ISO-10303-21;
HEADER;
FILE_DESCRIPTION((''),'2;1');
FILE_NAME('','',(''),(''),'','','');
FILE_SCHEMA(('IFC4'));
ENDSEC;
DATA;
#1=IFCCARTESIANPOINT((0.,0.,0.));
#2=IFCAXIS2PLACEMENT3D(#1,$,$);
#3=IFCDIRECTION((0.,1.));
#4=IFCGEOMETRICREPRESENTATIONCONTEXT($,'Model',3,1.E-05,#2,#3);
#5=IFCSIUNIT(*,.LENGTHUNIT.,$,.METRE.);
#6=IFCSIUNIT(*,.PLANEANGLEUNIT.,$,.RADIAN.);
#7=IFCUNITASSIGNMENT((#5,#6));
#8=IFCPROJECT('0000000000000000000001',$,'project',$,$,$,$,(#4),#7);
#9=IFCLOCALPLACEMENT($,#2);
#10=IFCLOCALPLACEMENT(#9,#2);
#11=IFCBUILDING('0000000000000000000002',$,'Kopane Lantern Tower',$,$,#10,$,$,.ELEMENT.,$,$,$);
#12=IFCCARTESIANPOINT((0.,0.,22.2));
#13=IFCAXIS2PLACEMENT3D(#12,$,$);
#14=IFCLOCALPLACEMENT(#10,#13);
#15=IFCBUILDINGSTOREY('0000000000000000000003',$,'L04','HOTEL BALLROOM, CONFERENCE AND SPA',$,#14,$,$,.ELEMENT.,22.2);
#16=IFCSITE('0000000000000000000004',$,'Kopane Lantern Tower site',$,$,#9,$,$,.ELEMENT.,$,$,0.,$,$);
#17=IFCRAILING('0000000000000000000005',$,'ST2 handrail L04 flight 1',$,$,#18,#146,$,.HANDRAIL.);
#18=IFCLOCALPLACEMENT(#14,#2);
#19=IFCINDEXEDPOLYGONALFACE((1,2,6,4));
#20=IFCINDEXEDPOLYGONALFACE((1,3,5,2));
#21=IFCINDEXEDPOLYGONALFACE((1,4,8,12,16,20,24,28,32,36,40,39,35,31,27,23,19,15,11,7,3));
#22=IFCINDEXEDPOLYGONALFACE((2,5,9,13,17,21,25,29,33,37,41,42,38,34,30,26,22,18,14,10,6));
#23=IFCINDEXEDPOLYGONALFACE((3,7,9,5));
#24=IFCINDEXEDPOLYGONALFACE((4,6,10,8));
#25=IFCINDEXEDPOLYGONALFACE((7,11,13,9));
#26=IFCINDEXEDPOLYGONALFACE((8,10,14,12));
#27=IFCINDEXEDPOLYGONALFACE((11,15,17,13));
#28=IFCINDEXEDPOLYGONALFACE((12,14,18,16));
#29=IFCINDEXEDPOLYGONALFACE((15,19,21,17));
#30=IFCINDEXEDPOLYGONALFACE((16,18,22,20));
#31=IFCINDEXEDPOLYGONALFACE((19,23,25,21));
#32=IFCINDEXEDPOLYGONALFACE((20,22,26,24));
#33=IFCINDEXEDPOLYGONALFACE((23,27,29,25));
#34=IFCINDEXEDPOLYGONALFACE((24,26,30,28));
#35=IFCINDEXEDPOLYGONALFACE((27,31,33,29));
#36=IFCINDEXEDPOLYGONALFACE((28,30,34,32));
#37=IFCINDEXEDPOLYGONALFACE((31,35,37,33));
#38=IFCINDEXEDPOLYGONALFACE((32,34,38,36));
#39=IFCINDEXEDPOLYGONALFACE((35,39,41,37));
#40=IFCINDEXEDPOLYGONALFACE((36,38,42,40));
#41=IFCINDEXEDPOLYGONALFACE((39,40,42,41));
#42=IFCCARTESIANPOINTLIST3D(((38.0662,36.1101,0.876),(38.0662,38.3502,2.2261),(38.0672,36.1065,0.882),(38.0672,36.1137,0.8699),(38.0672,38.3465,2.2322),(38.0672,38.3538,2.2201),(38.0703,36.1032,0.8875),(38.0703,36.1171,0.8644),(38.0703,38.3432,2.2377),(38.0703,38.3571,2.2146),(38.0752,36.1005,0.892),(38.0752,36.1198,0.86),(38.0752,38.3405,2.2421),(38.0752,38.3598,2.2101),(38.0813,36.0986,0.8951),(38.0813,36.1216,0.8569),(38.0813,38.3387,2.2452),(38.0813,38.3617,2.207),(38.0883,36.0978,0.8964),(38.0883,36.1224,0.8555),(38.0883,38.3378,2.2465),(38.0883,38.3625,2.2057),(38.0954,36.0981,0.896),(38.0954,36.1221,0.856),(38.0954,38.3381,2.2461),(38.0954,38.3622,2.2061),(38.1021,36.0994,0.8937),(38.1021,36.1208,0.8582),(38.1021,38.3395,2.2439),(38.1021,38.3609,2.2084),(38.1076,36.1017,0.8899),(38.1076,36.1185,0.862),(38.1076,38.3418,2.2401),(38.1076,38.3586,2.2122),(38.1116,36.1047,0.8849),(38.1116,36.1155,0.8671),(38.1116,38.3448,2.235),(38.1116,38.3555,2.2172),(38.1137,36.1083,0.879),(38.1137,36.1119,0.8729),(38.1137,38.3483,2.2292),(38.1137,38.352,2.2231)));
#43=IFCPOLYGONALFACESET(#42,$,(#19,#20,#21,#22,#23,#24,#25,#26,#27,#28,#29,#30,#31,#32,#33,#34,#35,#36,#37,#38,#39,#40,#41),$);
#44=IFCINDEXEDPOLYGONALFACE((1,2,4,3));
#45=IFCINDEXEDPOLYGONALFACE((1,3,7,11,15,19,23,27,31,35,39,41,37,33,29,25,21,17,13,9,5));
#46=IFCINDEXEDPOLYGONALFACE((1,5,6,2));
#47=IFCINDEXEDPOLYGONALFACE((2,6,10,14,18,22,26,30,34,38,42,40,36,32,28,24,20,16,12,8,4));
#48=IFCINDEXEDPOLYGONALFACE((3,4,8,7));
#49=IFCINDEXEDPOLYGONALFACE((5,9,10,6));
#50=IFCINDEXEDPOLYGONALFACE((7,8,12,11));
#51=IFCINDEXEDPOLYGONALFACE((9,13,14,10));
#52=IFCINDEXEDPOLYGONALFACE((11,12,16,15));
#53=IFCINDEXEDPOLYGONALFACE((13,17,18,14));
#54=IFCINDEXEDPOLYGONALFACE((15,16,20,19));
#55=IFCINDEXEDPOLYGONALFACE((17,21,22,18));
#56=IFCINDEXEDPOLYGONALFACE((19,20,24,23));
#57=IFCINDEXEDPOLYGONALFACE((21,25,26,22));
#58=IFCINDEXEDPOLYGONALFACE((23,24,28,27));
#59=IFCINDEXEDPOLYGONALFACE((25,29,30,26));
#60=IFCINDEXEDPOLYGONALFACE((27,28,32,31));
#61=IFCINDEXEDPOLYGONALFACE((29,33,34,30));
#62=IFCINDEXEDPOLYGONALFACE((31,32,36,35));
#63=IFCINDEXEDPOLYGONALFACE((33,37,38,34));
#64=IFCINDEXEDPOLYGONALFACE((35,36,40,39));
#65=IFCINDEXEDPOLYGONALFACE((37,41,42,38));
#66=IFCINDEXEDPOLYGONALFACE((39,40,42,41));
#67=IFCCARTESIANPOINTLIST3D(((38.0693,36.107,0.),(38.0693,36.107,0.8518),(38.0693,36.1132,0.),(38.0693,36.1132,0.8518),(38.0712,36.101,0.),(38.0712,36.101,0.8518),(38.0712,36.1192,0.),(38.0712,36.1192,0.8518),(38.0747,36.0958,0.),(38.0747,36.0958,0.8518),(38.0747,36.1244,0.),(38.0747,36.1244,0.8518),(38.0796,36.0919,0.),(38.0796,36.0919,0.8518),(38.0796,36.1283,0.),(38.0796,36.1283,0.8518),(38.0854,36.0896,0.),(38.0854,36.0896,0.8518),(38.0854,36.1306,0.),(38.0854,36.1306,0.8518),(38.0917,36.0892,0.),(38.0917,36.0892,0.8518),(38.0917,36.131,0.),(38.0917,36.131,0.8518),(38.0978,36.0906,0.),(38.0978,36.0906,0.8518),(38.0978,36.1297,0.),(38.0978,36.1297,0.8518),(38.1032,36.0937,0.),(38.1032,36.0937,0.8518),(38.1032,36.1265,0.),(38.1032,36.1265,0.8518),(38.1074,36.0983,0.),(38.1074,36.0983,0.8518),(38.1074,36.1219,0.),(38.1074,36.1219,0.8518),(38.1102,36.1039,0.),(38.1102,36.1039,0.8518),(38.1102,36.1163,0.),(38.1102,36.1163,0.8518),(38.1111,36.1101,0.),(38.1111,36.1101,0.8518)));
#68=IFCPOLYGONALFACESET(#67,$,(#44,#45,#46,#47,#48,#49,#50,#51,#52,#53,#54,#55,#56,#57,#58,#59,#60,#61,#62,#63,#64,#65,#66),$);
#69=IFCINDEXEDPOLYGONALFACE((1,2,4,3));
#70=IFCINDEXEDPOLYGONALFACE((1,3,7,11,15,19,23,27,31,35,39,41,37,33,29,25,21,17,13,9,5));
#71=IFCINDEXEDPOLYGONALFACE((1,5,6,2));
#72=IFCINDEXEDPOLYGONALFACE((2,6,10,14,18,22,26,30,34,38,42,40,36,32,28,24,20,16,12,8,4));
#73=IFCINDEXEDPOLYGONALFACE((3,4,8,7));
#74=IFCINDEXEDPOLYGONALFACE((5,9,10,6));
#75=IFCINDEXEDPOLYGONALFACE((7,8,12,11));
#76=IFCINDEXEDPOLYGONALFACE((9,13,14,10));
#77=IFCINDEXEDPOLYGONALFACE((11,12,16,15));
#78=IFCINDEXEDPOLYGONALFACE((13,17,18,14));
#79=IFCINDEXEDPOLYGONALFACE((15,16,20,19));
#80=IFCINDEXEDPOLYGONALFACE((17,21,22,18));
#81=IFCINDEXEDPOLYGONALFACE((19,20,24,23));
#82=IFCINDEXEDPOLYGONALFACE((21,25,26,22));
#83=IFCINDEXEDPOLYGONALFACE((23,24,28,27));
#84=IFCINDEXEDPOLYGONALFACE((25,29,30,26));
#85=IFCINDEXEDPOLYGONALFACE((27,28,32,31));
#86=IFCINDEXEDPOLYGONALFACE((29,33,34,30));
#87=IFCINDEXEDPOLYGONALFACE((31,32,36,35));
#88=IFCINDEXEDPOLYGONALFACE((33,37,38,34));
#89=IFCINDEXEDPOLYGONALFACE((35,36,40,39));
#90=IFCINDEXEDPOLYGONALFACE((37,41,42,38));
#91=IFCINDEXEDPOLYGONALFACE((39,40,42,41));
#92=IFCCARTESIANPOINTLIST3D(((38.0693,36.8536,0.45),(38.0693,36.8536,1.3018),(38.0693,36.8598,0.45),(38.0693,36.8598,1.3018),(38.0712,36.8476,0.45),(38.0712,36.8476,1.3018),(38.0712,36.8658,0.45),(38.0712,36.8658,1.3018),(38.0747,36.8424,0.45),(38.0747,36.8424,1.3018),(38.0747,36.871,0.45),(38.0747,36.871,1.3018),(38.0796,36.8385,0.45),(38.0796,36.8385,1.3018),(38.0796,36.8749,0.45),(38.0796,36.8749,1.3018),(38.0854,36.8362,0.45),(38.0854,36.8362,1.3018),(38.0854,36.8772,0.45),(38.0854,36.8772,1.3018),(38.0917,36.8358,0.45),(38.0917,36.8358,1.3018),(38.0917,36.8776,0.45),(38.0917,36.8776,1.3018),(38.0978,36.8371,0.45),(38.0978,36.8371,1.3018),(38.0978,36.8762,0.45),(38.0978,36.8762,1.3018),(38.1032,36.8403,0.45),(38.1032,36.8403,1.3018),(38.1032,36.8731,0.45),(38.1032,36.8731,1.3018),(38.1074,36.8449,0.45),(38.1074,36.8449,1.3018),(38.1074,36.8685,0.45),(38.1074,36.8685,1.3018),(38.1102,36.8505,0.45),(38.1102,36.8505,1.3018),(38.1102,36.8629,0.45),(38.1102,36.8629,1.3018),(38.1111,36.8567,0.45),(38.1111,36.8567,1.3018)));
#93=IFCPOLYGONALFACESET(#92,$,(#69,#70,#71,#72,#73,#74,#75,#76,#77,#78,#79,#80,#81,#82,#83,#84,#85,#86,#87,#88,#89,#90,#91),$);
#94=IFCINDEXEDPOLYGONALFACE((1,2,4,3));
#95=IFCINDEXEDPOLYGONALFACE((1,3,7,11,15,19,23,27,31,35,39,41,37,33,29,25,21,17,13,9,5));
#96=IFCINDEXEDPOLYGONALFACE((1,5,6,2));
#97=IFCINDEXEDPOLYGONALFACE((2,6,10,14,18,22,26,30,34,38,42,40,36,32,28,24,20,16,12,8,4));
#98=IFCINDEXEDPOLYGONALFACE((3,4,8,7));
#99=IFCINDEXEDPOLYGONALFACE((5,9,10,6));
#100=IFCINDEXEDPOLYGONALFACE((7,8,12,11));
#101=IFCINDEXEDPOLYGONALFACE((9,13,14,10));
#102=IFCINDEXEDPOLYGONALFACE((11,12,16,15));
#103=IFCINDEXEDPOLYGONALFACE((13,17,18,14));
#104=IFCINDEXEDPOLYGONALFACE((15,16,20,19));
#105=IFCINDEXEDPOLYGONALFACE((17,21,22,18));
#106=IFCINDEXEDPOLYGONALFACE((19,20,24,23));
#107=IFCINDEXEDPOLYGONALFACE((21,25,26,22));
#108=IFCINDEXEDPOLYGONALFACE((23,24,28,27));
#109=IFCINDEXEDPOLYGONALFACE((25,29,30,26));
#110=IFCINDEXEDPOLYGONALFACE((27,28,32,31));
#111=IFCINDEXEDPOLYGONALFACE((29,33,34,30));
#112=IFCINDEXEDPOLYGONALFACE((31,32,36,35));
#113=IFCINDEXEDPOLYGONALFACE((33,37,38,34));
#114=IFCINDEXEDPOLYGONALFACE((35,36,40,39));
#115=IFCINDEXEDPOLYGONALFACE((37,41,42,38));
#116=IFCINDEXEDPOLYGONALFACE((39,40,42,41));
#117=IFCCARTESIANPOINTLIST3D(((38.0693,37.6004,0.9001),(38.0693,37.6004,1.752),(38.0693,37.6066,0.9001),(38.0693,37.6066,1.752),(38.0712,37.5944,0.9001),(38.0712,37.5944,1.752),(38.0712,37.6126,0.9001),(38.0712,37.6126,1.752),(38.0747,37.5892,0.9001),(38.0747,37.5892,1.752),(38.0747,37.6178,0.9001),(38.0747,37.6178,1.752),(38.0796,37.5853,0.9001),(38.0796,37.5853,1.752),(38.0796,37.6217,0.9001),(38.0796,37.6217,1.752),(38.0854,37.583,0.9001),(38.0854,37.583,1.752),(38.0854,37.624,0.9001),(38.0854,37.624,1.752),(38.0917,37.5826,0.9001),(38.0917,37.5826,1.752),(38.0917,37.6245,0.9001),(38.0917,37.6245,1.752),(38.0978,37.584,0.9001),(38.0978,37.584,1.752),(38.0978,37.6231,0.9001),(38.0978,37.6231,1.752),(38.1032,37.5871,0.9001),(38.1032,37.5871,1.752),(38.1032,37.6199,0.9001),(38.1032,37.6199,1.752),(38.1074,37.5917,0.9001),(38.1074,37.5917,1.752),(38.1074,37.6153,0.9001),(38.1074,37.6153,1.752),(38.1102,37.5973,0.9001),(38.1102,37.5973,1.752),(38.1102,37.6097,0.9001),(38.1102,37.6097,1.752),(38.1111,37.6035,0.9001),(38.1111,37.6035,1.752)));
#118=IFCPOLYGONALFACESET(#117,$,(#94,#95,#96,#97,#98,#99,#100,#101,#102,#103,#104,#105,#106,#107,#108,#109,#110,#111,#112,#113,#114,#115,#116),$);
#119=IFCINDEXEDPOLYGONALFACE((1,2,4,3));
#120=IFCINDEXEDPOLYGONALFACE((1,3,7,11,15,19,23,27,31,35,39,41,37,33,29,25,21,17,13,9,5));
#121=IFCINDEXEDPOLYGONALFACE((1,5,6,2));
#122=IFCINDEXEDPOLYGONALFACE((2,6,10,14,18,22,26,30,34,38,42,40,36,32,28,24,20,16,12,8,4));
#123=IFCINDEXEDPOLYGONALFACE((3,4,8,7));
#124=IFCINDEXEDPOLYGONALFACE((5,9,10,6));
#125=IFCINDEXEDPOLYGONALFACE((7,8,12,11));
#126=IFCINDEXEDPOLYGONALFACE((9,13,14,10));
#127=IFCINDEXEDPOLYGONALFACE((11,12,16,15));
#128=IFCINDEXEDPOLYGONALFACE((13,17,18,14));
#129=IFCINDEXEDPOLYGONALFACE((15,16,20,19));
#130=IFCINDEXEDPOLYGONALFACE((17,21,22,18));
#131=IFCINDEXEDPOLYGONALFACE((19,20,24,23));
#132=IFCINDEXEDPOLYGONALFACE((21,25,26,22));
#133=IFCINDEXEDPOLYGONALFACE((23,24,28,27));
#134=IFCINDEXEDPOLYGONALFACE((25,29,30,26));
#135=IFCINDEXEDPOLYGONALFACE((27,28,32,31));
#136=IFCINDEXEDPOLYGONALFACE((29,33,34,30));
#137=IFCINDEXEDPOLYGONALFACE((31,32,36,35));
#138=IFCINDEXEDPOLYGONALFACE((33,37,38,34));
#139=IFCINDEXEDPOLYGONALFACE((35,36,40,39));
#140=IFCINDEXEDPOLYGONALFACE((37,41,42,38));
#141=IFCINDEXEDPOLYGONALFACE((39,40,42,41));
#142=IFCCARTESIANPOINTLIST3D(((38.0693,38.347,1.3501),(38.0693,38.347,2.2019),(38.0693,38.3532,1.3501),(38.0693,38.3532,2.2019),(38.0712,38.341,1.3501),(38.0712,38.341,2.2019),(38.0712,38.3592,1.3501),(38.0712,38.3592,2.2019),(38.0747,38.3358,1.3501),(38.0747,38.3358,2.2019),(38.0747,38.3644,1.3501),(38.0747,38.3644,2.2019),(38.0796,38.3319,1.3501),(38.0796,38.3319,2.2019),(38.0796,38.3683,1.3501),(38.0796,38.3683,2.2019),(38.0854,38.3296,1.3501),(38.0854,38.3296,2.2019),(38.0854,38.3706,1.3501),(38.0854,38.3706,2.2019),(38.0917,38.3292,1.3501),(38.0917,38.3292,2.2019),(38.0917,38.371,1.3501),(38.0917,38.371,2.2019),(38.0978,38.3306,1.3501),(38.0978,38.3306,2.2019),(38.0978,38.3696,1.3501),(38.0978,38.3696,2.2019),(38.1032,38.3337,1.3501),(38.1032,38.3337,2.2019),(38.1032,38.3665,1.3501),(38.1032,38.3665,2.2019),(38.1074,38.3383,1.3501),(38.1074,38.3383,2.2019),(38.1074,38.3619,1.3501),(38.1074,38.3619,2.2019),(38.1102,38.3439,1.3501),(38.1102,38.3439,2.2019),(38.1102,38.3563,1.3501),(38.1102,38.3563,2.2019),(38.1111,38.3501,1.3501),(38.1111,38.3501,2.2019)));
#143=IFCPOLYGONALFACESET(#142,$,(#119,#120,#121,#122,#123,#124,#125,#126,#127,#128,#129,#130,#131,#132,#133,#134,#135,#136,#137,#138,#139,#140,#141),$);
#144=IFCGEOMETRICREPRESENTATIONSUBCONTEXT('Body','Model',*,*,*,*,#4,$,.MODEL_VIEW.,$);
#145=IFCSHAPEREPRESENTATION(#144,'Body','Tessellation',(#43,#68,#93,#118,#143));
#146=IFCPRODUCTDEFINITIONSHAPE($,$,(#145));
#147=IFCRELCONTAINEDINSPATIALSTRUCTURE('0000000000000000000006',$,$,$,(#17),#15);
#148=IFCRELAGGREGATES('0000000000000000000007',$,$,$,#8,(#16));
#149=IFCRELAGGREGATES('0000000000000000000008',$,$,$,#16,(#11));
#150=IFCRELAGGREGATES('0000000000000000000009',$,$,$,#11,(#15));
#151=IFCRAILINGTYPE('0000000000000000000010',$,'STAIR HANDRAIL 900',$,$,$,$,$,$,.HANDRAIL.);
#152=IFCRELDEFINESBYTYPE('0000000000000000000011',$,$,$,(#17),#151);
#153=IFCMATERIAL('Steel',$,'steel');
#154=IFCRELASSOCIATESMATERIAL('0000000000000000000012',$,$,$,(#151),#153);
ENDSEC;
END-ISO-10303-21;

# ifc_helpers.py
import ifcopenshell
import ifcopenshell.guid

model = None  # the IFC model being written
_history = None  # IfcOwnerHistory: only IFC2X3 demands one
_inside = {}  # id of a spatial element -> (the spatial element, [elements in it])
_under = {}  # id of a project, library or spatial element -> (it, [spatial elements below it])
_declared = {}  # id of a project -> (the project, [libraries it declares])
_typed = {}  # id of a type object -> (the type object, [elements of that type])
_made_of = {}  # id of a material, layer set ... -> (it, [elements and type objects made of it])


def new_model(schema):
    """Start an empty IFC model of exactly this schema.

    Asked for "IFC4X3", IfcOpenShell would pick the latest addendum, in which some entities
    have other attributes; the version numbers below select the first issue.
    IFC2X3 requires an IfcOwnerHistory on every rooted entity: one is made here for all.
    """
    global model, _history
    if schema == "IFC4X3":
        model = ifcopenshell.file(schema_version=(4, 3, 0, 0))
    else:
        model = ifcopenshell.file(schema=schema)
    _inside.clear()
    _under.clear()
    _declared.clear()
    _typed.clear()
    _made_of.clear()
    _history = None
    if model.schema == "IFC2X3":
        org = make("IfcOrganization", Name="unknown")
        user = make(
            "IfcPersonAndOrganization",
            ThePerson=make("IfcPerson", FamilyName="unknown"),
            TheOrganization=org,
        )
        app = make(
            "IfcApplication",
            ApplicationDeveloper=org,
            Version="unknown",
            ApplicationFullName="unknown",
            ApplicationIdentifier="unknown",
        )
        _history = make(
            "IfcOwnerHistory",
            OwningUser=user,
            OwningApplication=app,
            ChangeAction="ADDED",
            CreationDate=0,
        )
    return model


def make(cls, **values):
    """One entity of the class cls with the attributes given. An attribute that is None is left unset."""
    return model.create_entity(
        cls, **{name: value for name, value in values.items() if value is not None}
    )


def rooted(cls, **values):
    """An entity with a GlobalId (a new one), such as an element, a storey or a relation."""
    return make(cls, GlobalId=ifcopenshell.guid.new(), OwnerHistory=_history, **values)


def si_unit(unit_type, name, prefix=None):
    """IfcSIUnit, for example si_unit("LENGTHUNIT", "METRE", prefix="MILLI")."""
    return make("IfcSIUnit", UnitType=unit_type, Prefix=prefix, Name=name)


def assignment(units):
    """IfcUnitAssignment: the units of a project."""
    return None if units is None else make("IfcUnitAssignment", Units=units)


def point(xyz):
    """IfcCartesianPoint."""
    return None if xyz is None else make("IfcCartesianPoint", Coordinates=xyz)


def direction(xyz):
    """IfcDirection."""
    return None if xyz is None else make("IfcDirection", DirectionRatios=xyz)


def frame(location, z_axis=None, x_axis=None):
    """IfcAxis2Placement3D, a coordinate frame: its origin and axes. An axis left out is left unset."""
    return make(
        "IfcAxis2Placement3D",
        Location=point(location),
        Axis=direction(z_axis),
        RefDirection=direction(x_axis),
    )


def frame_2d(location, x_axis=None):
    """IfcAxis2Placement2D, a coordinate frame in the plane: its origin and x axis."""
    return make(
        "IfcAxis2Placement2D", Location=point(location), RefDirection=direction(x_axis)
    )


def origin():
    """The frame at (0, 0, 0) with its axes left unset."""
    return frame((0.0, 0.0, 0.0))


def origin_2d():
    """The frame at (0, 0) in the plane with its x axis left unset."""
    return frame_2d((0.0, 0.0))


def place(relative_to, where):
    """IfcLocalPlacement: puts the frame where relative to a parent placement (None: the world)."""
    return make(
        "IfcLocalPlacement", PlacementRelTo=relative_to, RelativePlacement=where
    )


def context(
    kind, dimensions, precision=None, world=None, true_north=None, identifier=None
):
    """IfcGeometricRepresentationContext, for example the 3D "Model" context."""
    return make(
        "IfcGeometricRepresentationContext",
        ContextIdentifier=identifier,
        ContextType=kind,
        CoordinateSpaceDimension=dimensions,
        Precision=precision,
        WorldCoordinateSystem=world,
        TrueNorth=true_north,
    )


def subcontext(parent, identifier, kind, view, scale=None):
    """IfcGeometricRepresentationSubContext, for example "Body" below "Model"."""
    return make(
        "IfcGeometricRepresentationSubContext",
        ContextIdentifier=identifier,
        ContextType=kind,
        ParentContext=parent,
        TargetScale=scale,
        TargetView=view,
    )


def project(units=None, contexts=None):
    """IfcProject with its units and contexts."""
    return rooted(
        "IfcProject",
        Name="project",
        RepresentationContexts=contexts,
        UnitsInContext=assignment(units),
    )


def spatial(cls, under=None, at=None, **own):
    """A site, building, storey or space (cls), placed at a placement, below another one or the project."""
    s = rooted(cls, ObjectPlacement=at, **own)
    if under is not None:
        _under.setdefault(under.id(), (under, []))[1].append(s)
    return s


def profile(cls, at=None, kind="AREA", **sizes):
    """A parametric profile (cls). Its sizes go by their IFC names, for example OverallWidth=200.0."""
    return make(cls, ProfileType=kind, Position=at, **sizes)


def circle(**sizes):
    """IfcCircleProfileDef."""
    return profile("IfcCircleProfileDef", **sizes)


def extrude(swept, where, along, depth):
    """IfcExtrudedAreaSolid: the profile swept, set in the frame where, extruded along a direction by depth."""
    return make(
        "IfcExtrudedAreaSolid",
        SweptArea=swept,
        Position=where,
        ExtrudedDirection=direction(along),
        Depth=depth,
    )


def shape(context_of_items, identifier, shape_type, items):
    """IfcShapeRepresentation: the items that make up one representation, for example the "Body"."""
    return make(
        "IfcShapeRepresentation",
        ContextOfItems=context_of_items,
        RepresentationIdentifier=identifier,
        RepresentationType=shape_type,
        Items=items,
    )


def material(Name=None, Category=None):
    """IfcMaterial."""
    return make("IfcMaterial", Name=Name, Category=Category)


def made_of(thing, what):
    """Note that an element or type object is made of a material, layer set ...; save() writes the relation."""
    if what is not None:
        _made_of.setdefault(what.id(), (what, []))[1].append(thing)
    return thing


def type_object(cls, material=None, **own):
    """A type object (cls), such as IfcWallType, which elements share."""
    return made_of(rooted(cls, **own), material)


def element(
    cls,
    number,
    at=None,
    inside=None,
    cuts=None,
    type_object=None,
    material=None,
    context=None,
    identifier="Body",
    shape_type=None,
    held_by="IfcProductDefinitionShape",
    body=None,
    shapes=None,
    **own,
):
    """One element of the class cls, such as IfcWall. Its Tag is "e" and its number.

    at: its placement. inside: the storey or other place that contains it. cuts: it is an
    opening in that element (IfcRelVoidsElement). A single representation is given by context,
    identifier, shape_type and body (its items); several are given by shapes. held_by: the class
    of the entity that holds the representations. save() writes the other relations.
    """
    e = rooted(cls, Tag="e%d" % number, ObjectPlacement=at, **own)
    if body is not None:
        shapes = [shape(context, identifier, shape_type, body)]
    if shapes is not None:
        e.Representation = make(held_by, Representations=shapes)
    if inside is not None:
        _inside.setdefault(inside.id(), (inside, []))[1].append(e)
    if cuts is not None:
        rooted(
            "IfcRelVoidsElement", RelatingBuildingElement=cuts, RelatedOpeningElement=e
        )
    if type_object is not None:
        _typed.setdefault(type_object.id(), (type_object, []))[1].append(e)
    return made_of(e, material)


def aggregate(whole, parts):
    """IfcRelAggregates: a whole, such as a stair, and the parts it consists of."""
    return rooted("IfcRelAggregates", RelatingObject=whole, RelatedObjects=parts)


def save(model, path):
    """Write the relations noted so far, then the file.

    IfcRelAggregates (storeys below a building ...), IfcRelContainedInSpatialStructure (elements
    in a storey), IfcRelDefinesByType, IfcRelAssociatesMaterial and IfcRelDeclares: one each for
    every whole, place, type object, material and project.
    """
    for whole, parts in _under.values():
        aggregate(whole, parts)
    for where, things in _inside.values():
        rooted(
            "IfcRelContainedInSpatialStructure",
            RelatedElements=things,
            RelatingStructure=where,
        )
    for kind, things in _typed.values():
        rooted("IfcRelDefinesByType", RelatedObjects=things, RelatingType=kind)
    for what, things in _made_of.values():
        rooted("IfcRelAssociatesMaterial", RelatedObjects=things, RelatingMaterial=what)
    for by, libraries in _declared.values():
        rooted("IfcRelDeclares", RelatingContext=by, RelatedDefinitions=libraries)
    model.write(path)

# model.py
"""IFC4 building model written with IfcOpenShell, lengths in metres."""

from ifc_helpers import new_model, si_unit, direction, frame, origin, origin_2d, place, context, subcontext, project, spatial, circle, extrude, material, type_object, element, save


model = new_model("IFC4")

# Units and contexts
model_context = context("Model", 3, precision=1e-05, world=origin(), true_north=direction((0.0, 1.0)))
body_context = subcontext(model_context, "Body", "Model", "MODEL_VIEW")
ifc_project = project(units=[si_unit("LENGTHUNIT", "METRE"), si_unit("PLANEANGLEUNIT", "RADIAN")], contexts=[model_context])

# Site, building, storey
site_placement = place(None, origin())
site = spatial("IfcSite", under=ifc_project, at=site_placement, Name="Kopane Lantern Tower site", CompositionType="ELEMENT", RefElevation=0.0)
building_placement = place(site_placement, origin())
building = spatial("IfcBuilding", under=site, at=building_placement, Name="Kopane Lantern Tower", CompositionType="ELEMENT")
storey_placement = place(building_placement, frame((0.0, 0.0, 22.2)))
storey = spatial("IfcBuildingStorey", under=building, at=storey_placement, Name="L04", Description="HOTEL BALLROOM, CONFERENCE AND SPA", CompositionType="ELEMENT", Elevation=22.2)

# Railing
ifc_material_1 = material(Name="Steel", Category="steel")
railing_type_1 = type_object("IfcRailingType", Name="STAIR HANDRAIL 900", PredefinedType="HANDRAIL", material=ifc_material_1)
for number, where, name in (
    (1, (38.0901, 36.1101, 0.0), "ST2 handrail L04 flight 1"),
):
    element("IfcRailing", number, at=place(storey_placement, frame(where)), inside=storey, type_object=railing_type_1, Name=name, PredefinedType="HANDRAIL", context=body_context, shape_type="SweptSolid", body=[
        extrude(circle(Radius=0.0239, at=origin_2d()), frame((0.0, 0.0, 0.876), z_axis=(0.0, 0.856462, 0.516211), x_axis=(-1.0, 0.0, 0.0)), (0.0, 0.0, 1.0), 2.6155),
        extrude(circle(Radius=0.021, at=origin_2d()), origin(), (0.0, 0.0, 1.0), 0.8518),
        extrude(circle(Radius=0.021, at=origin_2d()), frame((0.0, 0.7466, 0.45)), (0.0, 0.0, 1.0), 0.8518),
        extrude(circle(Radius=0.021, at=origin_2d()), frame((0.0, 1.4934, 0.9001)), (0.0, 0.0, 1.0), 0.8518),
        extrude(circle(Radius=0.021, at=origin_2d()), frame((0.0, 2.24, 1.3501)), (0.0, 0.0, 1.0), 0.8518),
    ])

save(model, "model.ifc")
